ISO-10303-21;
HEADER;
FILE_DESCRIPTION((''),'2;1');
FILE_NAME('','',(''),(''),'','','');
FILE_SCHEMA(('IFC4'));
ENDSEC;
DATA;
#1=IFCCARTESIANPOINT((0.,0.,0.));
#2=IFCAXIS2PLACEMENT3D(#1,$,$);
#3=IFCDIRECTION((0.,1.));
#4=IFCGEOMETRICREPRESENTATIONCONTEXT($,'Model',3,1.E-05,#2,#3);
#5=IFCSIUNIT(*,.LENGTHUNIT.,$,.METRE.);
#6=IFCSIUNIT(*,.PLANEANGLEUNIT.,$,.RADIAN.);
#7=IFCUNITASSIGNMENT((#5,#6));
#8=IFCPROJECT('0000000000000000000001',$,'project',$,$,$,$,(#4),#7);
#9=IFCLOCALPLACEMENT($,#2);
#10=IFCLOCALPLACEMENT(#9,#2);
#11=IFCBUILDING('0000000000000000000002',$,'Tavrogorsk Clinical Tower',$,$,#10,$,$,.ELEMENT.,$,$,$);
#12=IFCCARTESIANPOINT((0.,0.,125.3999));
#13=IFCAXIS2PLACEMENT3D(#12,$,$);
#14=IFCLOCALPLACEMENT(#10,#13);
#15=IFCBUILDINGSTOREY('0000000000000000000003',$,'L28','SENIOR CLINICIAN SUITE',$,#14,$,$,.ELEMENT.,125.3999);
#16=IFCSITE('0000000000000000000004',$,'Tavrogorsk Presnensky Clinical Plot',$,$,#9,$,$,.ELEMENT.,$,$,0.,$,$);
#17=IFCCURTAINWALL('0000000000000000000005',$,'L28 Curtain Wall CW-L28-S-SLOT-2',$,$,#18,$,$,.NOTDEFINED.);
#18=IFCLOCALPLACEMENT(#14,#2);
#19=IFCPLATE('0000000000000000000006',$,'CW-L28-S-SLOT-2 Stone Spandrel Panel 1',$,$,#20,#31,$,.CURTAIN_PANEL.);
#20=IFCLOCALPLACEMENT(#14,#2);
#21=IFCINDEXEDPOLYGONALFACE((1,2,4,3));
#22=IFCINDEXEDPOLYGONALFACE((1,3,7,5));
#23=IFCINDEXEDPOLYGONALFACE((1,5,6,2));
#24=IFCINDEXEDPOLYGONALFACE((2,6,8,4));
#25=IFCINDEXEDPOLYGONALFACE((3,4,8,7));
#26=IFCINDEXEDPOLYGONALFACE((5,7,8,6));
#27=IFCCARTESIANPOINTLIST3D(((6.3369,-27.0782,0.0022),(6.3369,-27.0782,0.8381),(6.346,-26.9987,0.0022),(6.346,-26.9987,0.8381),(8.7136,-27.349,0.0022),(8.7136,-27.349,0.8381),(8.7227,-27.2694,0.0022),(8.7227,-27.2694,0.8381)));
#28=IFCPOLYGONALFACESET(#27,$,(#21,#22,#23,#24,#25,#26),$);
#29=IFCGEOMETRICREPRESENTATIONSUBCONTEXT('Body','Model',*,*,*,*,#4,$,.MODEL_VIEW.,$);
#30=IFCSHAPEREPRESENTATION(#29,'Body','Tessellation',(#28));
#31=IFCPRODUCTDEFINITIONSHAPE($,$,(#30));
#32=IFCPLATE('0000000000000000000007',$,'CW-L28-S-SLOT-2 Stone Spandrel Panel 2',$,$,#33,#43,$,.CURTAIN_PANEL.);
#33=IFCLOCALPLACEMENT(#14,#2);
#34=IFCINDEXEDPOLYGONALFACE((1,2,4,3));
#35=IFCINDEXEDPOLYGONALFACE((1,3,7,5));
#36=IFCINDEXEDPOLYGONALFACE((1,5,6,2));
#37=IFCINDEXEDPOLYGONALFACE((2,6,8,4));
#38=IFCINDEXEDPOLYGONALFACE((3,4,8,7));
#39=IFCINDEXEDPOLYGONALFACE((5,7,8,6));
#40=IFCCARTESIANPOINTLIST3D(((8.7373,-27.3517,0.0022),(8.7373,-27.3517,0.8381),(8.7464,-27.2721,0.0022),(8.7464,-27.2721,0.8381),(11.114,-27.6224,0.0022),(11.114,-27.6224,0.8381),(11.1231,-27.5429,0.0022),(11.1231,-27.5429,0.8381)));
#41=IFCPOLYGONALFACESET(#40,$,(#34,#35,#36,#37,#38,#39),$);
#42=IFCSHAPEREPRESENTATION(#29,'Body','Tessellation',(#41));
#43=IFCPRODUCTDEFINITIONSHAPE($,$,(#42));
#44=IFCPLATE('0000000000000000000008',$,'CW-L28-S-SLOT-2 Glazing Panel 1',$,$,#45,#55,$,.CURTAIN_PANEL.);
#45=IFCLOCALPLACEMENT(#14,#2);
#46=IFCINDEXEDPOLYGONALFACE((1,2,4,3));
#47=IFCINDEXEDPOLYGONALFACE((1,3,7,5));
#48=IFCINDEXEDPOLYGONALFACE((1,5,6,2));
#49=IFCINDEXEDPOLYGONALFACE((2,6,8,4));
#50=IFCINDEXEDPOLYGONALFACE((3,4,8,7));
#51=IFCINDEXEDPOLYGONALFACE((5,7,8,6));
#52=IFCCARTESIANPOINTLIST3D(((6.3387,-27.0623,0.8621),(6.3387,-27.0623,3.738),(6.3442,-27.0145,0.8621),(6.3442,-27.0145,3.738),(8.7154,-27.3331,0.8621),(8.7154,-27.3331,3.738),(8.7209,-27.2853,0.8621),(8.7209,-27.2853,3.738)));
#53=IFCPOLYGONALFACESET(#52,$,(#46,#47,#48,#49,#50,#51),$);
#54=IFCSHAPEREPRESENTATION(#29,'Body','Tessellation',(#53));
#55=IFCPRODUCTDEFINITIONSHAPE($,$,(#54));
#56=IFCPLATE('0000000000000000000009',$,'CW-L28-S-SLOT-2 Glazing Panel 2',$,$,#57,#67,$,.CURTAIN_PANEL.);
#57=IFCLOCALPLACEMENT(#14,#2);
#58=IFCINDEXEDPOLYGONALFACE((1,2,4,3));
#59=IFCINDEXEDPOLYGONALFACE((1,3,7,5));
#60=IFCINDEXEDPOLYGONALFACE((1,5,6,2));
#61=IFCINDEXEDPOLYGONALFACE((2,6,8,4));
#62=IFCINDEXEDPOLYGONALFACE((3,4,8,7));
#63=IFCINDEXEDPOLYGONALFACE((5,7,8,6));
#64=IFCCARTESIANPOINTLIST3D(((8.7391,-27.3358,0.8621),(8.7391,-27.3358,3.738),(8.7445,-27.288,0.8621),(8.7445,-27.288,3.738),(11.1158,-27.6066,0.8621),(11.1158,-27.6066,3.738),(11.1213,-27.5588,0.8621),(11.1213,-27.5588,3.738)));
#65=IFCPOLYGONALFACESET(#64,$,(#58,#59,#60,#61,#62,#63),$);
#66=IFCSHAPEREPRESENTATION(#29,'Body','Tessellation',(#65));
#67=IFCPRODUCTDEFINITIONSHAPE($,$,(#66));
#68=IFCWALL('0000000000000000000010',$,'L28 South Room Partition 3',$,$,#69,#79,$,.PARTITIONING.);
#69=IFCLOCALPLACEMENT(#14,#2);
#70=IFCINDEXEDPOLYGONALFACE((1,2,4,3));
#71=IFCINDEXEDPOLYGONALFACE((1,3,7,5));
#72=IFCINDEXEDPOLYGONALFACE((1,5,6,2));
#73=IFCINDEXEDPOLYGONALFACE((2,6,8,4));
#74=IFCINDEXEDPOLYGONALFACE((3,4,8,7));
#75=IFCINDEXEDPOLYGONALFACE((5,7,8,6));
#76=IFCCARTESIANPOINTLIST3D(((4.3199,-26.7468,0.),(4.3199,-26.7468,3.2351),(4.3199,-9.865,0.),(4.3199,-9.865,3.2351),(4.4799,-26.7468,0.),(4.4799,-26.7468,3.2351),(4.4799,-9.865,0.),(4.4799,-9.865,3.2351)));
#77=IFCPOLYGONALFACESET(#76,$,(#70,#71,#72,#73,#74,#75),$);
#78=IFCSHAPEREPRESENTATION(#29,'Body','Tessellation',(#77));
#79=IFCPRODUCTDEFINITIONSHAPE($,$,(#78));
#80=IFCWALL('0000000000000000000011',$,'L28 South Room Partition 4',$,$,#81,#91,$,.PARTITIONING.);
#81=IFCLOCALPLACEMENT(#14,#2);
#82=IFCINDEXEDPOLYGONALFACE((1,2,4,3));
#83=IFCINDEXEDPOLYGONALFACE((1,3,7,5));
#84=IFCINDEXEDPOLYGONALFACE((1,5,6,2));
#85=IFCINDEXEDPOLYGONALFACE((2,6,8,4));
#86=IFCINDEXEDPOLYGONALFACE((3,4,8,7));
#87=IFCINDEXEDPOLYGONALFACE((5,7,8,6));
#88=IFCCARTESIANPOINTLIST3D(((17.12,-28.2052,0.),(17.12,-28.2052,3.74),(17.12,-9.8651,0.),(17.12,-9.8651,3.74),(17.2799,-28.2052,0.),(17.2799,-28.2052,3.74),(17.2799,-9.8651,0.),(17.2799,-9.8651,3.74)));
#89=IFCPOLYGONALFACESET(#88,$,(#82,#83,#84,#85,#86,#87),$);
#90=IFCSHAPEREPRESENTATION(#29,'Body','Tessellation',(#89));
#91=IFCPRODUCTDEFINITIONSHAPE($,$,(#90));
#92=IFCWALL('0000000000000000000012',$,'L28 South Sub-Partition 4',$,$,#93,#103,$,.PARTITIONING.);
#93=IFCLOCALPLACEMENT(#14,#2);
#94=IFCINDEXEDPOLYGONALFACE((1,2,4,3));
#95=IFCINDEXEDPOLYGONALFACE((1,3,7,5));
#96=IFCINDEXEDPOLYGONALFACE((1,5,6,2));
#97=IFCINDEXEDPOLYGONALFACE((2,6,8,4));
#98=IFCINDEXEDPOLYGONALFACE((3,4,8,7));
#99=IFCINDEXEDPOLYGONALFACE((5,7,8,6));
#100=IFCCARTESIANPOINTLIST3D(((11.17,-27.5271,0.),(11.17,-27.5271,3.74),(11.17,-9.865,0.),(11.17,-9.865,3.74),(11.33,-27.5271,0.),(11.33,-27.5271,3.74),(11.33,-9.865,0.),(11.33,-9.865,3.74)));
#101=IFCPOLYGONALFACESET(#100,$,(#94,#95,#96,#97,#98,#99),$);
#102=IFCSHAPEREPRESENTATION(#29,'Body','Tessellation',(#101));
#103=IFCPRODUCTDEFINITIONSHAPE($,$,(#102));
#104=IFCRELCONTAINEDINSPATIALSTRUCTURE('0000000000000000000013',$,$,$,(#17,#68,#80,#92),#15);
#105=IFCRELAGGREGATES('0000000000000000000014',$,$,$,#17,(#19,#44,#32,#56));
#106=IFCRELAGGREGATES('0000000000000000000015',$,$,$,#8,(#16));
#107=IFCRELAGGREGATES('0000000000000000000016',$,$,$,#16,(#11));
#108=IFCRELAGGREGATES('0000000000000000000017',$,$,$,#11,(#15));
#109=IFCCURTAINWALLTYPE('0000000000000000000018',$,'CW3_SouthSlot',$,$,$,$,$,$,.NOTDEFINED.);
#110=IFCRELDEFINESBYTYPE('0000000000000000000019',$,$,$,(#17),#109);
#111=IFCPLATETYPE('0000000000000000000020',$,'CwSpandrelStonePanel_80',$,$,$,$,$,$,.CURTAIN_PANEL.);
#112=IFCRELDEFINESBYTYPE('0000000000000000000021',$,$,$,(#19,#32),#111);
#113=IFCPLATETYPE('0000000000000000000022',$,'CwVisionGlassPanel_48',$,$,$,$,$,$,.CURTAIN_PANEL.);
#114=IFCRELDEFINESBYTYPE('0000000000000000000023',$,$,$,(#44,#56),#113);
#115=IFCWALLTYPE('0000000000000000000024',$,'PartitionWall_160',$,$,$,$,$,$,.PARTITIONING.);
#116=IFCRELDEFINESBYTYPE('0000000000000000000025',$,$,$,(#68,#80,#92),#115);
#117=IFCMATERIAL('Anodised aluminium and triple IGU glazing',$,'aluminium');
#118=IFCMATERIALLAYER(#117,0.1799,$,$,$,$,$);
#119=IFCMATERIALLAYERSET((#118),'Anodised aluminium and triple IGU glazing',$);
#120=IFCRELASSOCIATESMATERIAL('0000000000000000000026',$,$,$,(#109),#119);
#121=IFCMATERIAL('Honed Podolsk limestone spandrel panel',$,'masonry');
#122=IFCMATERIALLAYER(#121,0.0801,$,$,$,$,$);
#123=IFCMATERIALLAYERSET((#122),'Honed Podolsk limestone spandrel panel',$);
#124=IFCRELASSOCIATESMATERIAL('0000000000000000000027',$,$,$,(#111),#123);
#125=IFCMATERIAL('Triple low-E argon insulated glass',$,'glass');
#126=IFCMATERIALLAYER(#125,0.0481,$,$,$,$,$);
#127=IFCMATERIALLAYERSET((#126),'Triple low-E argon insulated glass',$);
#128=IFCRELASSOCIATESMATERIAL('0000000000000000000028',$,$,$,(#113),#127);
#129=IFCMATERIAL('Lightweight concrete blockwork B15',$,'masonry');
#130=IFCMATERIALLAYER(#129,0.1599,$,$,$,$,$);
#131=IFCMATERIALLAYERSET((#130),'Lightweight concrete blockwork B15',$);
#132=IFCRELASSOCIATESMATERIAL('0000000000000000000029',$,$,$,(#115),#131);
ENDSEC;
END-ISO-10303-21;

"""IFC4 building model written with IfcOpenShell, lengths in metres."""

from ifc_helpers import new_model, si_unit, direction, frame, frame_2d, origin, origin_2d, place, context, subcontext, project, spatial, rectangle, extrude, material, layer, layer_set, type_object, element, aggregate, save


model = new_model("IFC4")

# Units and contexts
model_context = context("Model", 3, precision=1e-05, world=origin(), true_north=direction((0.0, 1.0)))
body_context = subcontext(model_context, "Body", "Model", "MODEL_VIEW")
ifc_project = project(units=[si_unit("LENGTHUNIT", "METRE"), si_unit("PLANEANGLEUNIT", "RADIAN")], contexts=[model_context])

# Site, building, storey
site_placement = place(None, origin())
site = spatial("IfcSite", under=ifc_project, at=site_placement, Name="Tavrogorsk Presnensky Clinical Plot", CompositionType="ELEMENT", RefElevation=0.0)
building_placement = place(site_placement, origin())
building = spatial("IfcBuilding", under=site, at=building_placement, Name="Tavrogorsk Clinical Tower", CompositionType="ELEMENT")
storey_placement = place(building_placement, frame((0.0, 0.0, 125.3999)))
storey = spatial("IfcBuildingStorey", under=building, at=storey_placement, Name="L28", Description="SENIOR CLINICIAN SUITE", CompositionType="ELEMENT", Elevation=125.3999)

# Curtain wall
ifc_material_1 = material(Name="Anodised aluminium and triple IGU glazing", Category="aluminium")
ifc_layer_1 = layer(ifc_material_1, 0.1799)
ifc_layer_set_1 = layer_set([ifc_layer_1], Name="Anodised aluminium and triple IGU glazing")
curtain_wall_type = type_object("IfcCurtainWallType", Name="CW3_SouthSlot", PredefinedType="NOTDEFINED", material=ifc_layer_set_1)
curtain_wall_placement = place(storey_placement, origin())
curtain_wall = element("IfcCurtainWall", 1, at=curtain_wall_placement, inside=storey, type_object=curtain_wall_type, Name="L28 Curtain Wall CW-L28-S-SLOT-2", PredefinedType="NOTDEFINED")

# Plates
ifc_material_2 = material(Name="Honed Podolsk limestone spandrel panel", Category="masonry")
ifc_layer_2 = layer(ifc_material_2, 0.0801)
ifc_layer_set_2 = layer_set([ifc_layer_2], Name="Honed Podolsk limestone spandrel panel")
plate_type_1 = type_object("IfcPlateType", Name="CwSpandrelStonePanel_80", PredefinedType="CURTAIN_PANEL", material=ifc_layer_set_2)
plate_1_placement = place(storey_placement, frame((7.5298, -27.1738, 0.0022), z_axis=(0.0, 0.0, 1.0), x_axis=(0.993572, -0.113203, 0.0)))
plate_1 = element("IfcPlate", 2, at=plate_1_placement, type_object=plate_type_1, Name="CW-L28-S-SLOT-2 Stone Spandrel Panel 1", PredefinedType="CURTAIN_PANEL", context=body_context, shape_type="SweptSolid", body=[
    extrude(rectangle(XDim=2.3921, YDim=0.0801, at=origin_2d()), origin(), (0.0, 0.0, 1.0), 0.8359),
])
plate_2_placement = place(storey_placement, frame((9.9302, -27.4473, 0.0022), z_axis=(0.0, 0.0, 1.0), x_axis=(0.993572, -0.113203, 0.0)))
plate_2 = element("IfcPlate", 3, at=plate_2_placement, type_object=plate_type_1, Name="CW-L28-S-SLOT-2 Stone Spandrel Panel 2", PredefinedType="CURTAIN_PANEL", context=body_context, shape_type="SweptSolid", body=[
    extrude(rectangle(XDim=2.3921, YDim=0.0801, at=origin_2d()), origin(), (0.0, 0.0, 1.0), 0.8359),
])
ifc_material_3 = material(Name="Triple low-E argon insulated glass", Category="glass")
ifc_layer_3 = layer(ifc_material_3, 0.0481)
ifc_layer_set_3 = layer_set([ifc_layer_3], Name="Triple low-E argon insulated glass")
plate_type_2 = type_object("IfcPlateType", Name="CwVisionGlassPanel_48", PredefinedType="CURTAIN_PANEL", material=ifc_layer_set_3)
plate_3_placement = place(storey_placement, frame((7.5298, -27.1738, 0.8621), z_axis=(0.0, 0.0, 1.0), x_axis=(0.993572, -0.113203, 0.0)))
plate_3 = element("IfcPlate", 4, at=plate_3_placement, type_object=plate_type_2, Name="CW-L28-S-SLOT-2 Glazing Panel 1", PredefinedType="CURTAIN_PANEL", context=body_context, shape_type="SweptSolid", body=[
    extrude(rectangle(XDim=2.3921, YDim=0.0481, at=origin_2d()), origin(), (0.0, 0.0, 1.0), 2.876),
])
plate_4_placement = place(storey_placement, frame((9.9302, -27.4473, 0.8621), z_axis=(0.0, 0.0, 1.0), x_axis=(0.993572, -0.113203, 0.0)))
plate_4 = element("IfcPlate", 5, at=plate_4_placement, type_object=plate_type_2, Name="CW-L28-S-SLOT-2 Glazing Panel 2", PredefinedType="CURTAIN_PANEL", context=body_context, shape_type="SweptSolid", body=[
    extrude(rectangle(XDim=2.3921, YDim=0.0481, at=origin_2d()), origin(), (0.0, 0.0, 1.0), 2.876),
])
aggregate(curtain_wall, [plate_1, plate_3, plate_2, plate_4])

# Walls
ifc_material_4 = material(Name="Lightweight concrete blockwork B15", Category="masonry")
ifc_layer_4 = layer(ifc_material_4, 0.1599)
ifc_layer_set_4 = layer_set([ifc_layer_4], Name="Lightweight concrete blockwork B15")
wall_type_1 = type_object("IfcWallType", Name="PartitionWall_160", PredefinedType="PARTITIONING", material=ifc_layer_set_4)
wall_1_placement = place(storey_placement, frame((4.3999, -26.7468, 0.0), z_axis=(0.0, 0.0, 1.0), x_axis=(0.0, 1.0, 0.0)))
element("IfcWall", 6, at=wall_1_placement, inside=storey, type_object=wall_type_1, Name="L28 South Room Partition 3", PredefinedType="PARTITIONING", context=body_context, shape_type="SweptSolid", body=[
    extrude(rectangle(XDim=16.8818, YDim=0.1599, at=frame_2d((8.4409, 0.0))), origin(), (0.0, 0.0, 1.0), 3.2351),
])
wall_2_placement = place(storey_placement, frame((17.2, -28.2051, 0.0), z_axis=(0.0, 0.0, 1.0), x_axis=(0.0, 1.0, 0.0)))
element("IfcWall", 7, at=wall_2_placement, inside=storey, type_object=wall_type_1, Name="L28 South Room Partition 4", PredefinedType="PARTITIONING", context=body_context, shape_type="SweptSolid", body=[
    extrude(rectangle(XDim=18.3401, YDim=0.1599, at=frame_2d((9.1699, 0.0))), origin(), (0.0, 0.0, 1.0), 3.74),
])
wall_3_placement = place(storey_placement, frame((11.25, -27.5271, 0.0), z_axis=(0.0, 0.0, 1.0), x_axis=(0.0, 1.0, 0.0)))
element("IfcWall", 8, at=wall_3_placement, inside=storey, type_object=wall_type_1, Name="L28 South Sub-Partition 4", PredefinedType="PARTITIONING", context=body_context, shape_type="SweptSolid", body=[
    extrude(rectangle(XDim=17.6621, YDim=0.1599, at=frame_2d((8.8311, 0.0))), origin(), (0.0, 0.0, 1.0), 3.74),
])

save(model, "model.ifc")
